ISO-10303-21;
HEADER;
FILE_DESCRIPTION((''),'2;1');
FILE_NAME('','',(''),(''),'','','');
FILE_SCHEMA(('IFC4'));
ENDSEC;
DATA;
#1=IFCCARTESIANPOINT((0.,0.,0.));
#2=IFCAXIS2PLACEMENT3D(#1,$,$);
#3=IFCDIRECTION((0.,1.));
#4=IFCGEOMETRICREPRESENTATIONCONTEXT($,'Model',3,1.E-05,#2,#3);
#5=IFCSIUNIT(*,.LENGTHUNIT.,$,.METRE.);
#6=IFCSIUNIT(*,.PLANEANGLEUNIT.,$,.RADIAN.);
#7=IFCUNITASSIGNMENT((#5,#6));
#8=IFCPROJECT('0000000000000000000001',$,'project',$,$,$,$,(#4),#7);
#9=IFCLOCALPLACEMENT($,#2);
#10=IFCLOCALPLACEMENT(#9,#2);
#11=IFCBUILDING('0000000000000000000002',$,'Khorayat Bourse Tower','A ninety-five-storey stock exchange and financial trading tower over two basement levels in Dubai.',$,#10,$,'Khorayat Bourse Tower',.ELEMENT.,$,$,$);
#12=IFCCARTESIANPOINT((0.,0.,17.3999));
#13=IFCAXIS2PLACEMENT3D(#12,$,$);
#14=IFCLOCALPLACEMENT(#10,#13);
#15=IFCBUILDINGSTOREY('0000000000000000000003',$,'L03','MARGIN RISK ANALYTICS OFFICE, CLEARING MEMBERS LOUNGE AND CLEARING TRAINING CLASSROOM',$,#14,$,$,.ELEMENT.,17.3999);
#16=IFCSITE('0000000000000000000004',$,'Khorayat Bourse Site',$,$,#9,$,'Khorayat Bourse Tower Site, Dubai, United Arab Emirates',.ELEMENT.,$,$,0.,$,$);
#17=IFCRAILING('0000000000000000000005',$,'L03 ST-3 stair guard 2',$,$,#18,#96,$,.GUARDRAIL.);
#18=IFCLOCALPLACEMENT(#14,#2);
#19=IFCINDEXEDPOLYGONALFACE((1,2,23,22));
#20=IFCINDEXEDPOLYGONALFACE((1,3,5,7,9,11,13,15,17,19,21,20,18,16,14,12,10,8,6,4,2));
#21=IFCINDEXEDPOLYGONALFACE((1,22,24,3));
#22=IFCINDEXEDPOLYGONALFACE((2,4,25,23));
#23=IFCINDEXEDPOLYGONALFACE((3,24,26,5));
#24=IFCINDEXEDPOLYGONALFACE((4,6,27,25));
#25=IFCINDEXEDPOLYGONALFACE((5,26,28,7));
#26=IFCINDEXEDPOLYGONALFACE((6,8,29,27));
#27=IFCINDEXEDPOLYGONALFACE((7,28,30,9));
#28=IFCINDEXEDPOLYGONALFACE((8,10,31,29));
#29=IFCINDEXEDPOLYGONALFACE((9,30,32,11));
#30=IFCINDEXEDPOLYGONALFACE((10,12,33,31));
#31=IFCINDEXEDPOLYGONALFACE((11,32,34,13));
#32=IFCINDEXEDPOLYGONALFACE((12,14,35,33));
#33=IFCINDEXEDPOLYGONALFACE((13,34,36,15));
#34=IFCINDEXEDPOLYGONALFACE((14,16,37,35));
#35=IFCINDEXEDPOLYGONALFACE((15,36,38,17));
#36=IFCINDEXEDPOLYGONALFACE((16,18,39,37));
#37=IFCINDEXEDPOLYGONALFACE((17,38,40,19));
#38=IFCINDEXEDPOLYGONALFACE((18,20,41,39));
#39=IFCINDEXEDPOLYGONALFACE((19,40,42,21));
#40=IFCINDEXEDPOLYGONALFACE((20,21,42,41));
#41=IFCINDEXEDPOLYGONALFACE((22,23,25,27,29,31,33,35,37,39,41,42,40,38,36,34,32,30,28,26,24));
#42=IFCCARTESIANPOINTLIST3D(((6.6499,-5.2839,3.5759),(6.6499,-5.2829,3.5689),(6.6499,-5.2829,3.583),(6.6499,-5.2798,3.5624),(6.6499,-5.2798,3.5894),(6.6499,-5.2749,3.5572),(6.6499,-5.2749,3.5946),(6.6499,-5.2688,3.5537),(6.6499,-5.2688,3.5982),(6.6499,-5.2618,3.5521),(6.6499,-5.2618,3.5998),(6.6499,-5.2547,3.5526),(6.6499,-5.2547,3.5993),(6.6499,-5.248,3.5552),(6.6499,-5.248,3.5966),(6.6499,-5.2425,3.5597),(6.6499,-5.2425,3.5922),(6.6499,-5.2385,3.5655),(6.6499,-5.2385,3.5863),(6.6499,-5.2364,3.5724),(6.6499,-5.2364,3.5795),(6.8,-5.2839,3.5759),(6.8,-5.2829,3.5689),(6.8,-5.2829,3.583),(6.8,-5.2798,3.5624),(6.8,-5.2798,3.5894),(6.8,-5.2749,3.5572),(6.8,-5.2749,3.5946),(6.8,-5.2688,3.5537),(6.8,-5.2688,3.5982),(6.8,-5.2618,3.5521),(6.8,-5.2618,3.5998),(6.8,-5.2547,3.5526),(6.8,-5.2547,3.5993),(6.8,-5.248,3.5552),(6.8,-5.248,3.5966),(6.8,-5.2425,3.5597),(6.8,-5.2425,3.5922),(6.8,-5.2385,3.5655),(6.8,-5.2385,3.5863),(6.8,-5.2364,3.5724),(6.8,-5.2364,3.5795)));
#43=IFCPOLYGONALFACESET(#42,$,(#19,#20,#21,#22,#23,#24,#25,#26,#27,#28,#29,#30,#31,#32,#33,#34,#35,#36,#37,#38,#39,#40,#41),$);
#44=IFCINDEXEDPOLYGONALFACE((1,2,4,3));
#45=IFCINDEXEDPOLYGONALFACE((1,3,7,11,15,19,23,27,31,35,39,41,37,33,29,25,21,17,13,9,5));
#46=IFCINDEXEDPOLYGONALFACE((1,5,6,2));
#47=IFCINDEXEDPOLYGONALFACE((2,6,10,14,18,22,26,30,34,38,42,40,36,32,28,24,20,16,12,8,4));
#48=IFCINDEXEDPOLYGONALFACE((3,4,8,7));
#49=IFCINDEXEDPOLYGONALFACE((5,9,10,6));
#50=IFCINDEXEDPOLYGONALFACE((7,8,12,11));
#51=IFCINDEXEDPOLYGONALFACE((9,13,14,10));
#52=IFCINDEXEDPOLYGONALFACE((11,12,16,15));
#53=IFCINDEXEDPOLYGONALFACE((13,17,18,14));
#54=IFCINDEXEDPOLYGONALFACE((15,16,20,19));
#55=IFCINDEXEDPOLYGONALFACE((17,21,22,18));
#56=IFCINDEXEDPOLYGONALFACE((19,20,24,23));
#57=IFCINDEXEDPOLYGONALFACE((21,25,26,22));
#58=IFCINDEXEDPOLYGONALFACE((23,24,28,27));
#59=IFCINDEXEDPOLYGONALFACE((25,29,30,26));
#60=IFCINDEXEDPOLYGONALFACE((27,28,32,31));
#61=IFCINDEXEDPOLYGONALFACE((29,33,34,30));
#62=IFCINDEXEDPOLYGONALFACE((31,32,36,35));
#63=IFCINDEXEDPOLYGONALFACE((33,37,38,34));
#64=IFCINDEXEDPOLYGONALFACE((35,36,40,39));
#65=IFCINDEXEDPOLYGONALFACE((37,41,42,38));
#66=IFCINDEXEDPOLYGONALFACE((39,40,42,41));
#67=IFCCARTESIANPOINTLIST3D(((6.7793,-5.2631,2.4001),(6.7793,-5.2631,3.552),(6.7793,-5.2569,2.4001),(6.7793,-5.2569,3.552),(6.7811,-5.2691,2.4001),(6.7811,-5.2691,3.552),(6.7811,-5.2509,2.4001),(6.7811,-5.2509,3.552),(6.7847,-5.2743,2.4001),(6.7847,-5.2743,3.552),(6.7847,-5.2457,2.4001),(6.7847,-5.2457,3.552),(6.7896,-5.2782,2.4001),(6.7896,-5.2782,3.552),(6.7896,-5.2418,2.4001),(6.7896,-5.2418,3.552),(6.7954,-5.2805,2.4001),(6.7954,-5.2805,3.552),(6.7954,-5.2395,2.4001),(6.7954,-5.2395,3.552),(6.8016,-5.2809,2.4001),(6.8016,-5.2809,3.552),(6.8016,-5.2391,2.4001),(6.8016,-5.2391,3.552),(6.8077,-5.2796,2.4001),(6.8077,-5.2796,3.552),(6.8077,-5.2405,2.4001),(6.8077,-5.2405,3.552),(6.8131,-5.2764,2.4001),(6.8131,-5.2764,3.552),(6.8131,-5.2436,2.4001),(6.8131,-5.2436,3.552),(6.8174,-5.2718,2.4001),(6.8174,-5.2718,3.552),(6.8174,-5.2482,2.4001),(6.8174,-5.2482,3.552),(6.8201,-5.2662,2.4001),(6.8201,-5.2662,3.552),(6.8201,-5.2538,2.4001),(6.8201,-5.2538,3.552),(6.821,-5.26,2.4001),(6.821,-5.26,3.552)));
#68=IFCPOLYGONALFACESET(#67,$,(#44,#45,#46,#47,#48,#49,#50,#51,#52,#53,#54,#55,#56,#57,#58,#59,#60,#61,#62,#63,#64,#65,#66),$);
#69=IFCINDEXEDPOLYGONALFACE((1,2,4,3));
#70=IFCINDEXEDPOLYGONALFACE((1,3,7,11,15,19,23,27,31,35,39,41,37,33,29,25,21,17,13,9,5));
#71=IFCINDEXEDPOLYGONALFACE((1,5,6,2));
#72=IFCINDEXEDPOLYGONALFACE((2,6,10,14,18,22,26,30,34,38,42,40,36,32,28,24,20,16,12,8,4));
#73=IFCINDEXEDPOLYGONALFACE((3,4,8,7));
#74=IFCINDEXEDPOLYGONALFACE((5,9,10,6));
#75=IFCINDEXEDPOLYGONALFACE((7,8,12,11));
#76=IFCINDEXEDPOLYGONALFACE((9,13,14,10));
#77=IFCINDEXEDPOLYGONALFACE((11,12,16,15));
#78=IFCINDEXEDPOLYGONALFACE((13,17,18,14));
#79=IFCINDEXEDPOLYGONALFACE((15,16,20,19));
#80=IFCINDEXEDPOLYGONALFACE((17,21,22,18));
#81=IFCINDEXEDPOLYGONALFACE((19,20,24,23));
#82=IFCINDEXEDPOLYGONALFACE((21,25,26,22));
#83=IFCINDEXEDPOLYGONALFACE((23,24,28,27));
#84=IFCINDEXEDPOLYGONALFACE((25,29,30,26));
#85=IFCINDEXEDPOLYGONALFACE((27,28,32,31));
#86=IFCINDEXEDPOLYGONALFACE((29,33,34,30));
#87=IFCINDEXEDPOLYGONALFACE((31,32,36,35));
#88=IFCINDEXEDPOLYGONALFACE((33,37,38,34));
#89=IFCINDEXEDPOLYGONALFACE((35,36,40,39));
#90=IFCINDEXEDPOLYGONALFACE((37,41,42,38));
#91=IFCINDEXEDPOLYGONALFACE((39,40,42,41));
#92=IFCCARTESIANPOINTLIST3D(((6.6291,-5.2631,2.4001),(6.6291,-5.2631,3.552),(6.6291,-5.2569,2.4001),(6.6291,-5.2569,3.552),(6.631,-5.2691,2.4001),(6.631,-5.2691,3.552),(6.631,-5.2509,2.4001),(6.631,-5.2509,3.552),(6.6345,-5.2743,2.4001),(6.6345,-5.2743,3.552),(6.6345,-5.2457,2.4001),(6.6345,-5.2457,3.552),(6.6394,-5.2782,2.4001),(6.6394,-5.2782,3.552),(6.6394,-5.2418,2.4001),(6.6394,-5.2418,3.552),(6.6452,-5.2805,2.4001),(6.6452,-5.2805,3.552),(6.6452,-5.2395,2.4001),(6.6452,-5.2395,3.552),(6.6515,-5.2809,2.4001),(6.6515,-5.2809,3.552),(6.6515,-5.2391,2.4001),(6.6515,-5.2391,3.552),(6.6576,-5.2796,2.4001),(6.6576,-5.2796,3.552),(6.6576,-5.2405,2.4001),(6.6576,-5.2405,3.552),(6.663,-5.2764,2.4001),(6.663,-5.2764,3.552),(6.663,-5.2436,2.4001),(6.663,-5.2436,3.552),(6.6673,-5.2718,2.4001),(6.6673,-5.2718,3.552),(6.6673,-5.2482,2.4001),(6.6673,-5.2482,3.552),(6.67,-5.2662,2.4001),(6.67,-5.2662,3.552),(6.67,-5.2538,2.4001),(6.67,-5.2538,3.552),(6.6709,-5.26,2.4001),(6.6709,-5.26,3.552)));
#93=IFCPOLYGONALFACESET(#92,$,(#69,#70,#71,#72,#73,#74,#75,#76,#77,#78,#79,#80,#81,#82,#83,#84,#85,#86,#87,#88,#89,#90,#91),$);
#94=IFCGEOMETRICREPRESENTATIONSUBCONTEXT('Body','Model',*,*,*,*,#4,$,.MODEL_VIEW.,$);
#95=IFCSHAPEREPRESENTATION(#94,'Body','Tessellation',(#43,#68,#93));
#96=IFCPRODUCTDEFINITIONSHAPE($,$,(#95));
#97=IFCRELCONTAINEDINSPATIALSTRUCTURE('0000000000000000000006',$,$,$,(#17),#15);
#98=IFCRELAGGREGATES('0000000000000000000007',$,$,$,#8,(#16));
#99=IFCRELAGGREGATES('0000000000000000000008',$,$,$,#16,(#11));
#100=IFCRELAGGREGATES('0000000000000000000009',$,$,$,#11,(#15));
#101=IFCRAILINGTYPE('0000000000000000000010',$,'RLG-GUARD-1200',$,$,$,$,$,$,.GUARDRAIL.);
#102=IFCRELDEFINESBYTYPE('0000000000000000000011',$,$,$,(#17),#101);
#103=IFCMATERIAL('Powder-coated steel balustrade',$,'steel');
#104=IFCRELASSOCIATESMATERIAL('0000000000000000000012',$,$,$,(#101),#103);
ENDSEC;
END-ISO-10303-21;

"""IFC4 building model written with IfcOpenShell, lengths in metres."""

from ifc_helpers import new_model, si_unit, direction, frame, origin, origin_2d, place, context, subcontext, project, spatial, circle, extrude, source, transform, mapped, material, type_object, element, save


model = new_model("IFC4")

# Units and contexts
model_context = context("Model", 3, precision=1e-05, world=origin(), true_north=direction((0.0, 1.0)))
body_context = subcontext(model_context, "Body", "Model", "MODEL_VIEW")
ifc_project = project(units=[si_unit("LENGTHUNIT", "METRE"), si_unit("PLANEANGLEUNIT", "RADIAN")], contexts=[model_context])

# Site, building, storey
site_placement = place(None, origin())
site = spatial("IfcSite", under=ifc_project, at=site_placement, Name="Khorayat Bourse Site", LongName="Khorayat Bourse Tower Site, Dubai, United Arab Emirates", CompositionType="ELEMENT", RefElevation=0.0)
building_placement = place(site_placement, origin())
building = spatial("IfcBuilding", under=site, at=building_placement, Name="Khorayat Bourse Tower", Description="A ninety-five-storey stock exchange and financial trading tower over two basement levels in Dubai.", LongName="Khorayat Bourse Tower", CompositionType="ELEMENT")
storey_placement = place(building_placement, frame((0.0, 0.0, 17.3999)))
storey = spatial("IfcBuildingStorey", under=building, at=storey_placement, Name="L03", Description="MARGIN RISK ANALYTICS OFFICE, CLEARING MEMBERS LOUNGE AND CLEARING TRAINING CLASSROOM", CompositionType="ELEMENT", Elevation=17.3999)

# Railing
ifc_material_1 = material(Name="Powder-coated steel balustrade", Category="steel")
railing_type_1 = type_object("IfcRailingType", Name="RLG-GUARD-1200", PredefinedType="GUARDRAIL", material=ifc_material_1)
shared_shape_1 = source(origin(), body_context, "Body", "SweptSolid", [
    extrude(circle(Radius=0.0239, at=origin_2d()), frame((0.0, 0.0, 1.1758), z_axis=(-1.0, 0.0, 0.0), x_axis=(0.0, -1.0, 0.0)), (0.0, 0.0, 1.0), 0.1501),
    extrude(circle(Radius=0.021, at=origin_2d()), origin(), (0.0, 0.0, 1.0), 1.1519),
    extrude(circle(Radius=0.021, at=origin_2d()), frame((-0.1501, 0.0, 0.0)), (0.0, 0.0, 1.0), 1.1519),
])
railing_1_placement = place(storey_placement, frame((6.8, -5.26, 2.4001)))
element("IfcRailing", 1, at=railing_1_placement, inside=storey, type_object=railing_type_1, Name="L03 ST-3 stair guard 2", PredefinedType="GUARDRAIL", context=body_context, shape_type="MappedRepresentation", body=[
    mapped(shared_shape_1, transform((0.0, 0.0, 0.0), scale=1.0)),
])

save(model, "model.ifc")
